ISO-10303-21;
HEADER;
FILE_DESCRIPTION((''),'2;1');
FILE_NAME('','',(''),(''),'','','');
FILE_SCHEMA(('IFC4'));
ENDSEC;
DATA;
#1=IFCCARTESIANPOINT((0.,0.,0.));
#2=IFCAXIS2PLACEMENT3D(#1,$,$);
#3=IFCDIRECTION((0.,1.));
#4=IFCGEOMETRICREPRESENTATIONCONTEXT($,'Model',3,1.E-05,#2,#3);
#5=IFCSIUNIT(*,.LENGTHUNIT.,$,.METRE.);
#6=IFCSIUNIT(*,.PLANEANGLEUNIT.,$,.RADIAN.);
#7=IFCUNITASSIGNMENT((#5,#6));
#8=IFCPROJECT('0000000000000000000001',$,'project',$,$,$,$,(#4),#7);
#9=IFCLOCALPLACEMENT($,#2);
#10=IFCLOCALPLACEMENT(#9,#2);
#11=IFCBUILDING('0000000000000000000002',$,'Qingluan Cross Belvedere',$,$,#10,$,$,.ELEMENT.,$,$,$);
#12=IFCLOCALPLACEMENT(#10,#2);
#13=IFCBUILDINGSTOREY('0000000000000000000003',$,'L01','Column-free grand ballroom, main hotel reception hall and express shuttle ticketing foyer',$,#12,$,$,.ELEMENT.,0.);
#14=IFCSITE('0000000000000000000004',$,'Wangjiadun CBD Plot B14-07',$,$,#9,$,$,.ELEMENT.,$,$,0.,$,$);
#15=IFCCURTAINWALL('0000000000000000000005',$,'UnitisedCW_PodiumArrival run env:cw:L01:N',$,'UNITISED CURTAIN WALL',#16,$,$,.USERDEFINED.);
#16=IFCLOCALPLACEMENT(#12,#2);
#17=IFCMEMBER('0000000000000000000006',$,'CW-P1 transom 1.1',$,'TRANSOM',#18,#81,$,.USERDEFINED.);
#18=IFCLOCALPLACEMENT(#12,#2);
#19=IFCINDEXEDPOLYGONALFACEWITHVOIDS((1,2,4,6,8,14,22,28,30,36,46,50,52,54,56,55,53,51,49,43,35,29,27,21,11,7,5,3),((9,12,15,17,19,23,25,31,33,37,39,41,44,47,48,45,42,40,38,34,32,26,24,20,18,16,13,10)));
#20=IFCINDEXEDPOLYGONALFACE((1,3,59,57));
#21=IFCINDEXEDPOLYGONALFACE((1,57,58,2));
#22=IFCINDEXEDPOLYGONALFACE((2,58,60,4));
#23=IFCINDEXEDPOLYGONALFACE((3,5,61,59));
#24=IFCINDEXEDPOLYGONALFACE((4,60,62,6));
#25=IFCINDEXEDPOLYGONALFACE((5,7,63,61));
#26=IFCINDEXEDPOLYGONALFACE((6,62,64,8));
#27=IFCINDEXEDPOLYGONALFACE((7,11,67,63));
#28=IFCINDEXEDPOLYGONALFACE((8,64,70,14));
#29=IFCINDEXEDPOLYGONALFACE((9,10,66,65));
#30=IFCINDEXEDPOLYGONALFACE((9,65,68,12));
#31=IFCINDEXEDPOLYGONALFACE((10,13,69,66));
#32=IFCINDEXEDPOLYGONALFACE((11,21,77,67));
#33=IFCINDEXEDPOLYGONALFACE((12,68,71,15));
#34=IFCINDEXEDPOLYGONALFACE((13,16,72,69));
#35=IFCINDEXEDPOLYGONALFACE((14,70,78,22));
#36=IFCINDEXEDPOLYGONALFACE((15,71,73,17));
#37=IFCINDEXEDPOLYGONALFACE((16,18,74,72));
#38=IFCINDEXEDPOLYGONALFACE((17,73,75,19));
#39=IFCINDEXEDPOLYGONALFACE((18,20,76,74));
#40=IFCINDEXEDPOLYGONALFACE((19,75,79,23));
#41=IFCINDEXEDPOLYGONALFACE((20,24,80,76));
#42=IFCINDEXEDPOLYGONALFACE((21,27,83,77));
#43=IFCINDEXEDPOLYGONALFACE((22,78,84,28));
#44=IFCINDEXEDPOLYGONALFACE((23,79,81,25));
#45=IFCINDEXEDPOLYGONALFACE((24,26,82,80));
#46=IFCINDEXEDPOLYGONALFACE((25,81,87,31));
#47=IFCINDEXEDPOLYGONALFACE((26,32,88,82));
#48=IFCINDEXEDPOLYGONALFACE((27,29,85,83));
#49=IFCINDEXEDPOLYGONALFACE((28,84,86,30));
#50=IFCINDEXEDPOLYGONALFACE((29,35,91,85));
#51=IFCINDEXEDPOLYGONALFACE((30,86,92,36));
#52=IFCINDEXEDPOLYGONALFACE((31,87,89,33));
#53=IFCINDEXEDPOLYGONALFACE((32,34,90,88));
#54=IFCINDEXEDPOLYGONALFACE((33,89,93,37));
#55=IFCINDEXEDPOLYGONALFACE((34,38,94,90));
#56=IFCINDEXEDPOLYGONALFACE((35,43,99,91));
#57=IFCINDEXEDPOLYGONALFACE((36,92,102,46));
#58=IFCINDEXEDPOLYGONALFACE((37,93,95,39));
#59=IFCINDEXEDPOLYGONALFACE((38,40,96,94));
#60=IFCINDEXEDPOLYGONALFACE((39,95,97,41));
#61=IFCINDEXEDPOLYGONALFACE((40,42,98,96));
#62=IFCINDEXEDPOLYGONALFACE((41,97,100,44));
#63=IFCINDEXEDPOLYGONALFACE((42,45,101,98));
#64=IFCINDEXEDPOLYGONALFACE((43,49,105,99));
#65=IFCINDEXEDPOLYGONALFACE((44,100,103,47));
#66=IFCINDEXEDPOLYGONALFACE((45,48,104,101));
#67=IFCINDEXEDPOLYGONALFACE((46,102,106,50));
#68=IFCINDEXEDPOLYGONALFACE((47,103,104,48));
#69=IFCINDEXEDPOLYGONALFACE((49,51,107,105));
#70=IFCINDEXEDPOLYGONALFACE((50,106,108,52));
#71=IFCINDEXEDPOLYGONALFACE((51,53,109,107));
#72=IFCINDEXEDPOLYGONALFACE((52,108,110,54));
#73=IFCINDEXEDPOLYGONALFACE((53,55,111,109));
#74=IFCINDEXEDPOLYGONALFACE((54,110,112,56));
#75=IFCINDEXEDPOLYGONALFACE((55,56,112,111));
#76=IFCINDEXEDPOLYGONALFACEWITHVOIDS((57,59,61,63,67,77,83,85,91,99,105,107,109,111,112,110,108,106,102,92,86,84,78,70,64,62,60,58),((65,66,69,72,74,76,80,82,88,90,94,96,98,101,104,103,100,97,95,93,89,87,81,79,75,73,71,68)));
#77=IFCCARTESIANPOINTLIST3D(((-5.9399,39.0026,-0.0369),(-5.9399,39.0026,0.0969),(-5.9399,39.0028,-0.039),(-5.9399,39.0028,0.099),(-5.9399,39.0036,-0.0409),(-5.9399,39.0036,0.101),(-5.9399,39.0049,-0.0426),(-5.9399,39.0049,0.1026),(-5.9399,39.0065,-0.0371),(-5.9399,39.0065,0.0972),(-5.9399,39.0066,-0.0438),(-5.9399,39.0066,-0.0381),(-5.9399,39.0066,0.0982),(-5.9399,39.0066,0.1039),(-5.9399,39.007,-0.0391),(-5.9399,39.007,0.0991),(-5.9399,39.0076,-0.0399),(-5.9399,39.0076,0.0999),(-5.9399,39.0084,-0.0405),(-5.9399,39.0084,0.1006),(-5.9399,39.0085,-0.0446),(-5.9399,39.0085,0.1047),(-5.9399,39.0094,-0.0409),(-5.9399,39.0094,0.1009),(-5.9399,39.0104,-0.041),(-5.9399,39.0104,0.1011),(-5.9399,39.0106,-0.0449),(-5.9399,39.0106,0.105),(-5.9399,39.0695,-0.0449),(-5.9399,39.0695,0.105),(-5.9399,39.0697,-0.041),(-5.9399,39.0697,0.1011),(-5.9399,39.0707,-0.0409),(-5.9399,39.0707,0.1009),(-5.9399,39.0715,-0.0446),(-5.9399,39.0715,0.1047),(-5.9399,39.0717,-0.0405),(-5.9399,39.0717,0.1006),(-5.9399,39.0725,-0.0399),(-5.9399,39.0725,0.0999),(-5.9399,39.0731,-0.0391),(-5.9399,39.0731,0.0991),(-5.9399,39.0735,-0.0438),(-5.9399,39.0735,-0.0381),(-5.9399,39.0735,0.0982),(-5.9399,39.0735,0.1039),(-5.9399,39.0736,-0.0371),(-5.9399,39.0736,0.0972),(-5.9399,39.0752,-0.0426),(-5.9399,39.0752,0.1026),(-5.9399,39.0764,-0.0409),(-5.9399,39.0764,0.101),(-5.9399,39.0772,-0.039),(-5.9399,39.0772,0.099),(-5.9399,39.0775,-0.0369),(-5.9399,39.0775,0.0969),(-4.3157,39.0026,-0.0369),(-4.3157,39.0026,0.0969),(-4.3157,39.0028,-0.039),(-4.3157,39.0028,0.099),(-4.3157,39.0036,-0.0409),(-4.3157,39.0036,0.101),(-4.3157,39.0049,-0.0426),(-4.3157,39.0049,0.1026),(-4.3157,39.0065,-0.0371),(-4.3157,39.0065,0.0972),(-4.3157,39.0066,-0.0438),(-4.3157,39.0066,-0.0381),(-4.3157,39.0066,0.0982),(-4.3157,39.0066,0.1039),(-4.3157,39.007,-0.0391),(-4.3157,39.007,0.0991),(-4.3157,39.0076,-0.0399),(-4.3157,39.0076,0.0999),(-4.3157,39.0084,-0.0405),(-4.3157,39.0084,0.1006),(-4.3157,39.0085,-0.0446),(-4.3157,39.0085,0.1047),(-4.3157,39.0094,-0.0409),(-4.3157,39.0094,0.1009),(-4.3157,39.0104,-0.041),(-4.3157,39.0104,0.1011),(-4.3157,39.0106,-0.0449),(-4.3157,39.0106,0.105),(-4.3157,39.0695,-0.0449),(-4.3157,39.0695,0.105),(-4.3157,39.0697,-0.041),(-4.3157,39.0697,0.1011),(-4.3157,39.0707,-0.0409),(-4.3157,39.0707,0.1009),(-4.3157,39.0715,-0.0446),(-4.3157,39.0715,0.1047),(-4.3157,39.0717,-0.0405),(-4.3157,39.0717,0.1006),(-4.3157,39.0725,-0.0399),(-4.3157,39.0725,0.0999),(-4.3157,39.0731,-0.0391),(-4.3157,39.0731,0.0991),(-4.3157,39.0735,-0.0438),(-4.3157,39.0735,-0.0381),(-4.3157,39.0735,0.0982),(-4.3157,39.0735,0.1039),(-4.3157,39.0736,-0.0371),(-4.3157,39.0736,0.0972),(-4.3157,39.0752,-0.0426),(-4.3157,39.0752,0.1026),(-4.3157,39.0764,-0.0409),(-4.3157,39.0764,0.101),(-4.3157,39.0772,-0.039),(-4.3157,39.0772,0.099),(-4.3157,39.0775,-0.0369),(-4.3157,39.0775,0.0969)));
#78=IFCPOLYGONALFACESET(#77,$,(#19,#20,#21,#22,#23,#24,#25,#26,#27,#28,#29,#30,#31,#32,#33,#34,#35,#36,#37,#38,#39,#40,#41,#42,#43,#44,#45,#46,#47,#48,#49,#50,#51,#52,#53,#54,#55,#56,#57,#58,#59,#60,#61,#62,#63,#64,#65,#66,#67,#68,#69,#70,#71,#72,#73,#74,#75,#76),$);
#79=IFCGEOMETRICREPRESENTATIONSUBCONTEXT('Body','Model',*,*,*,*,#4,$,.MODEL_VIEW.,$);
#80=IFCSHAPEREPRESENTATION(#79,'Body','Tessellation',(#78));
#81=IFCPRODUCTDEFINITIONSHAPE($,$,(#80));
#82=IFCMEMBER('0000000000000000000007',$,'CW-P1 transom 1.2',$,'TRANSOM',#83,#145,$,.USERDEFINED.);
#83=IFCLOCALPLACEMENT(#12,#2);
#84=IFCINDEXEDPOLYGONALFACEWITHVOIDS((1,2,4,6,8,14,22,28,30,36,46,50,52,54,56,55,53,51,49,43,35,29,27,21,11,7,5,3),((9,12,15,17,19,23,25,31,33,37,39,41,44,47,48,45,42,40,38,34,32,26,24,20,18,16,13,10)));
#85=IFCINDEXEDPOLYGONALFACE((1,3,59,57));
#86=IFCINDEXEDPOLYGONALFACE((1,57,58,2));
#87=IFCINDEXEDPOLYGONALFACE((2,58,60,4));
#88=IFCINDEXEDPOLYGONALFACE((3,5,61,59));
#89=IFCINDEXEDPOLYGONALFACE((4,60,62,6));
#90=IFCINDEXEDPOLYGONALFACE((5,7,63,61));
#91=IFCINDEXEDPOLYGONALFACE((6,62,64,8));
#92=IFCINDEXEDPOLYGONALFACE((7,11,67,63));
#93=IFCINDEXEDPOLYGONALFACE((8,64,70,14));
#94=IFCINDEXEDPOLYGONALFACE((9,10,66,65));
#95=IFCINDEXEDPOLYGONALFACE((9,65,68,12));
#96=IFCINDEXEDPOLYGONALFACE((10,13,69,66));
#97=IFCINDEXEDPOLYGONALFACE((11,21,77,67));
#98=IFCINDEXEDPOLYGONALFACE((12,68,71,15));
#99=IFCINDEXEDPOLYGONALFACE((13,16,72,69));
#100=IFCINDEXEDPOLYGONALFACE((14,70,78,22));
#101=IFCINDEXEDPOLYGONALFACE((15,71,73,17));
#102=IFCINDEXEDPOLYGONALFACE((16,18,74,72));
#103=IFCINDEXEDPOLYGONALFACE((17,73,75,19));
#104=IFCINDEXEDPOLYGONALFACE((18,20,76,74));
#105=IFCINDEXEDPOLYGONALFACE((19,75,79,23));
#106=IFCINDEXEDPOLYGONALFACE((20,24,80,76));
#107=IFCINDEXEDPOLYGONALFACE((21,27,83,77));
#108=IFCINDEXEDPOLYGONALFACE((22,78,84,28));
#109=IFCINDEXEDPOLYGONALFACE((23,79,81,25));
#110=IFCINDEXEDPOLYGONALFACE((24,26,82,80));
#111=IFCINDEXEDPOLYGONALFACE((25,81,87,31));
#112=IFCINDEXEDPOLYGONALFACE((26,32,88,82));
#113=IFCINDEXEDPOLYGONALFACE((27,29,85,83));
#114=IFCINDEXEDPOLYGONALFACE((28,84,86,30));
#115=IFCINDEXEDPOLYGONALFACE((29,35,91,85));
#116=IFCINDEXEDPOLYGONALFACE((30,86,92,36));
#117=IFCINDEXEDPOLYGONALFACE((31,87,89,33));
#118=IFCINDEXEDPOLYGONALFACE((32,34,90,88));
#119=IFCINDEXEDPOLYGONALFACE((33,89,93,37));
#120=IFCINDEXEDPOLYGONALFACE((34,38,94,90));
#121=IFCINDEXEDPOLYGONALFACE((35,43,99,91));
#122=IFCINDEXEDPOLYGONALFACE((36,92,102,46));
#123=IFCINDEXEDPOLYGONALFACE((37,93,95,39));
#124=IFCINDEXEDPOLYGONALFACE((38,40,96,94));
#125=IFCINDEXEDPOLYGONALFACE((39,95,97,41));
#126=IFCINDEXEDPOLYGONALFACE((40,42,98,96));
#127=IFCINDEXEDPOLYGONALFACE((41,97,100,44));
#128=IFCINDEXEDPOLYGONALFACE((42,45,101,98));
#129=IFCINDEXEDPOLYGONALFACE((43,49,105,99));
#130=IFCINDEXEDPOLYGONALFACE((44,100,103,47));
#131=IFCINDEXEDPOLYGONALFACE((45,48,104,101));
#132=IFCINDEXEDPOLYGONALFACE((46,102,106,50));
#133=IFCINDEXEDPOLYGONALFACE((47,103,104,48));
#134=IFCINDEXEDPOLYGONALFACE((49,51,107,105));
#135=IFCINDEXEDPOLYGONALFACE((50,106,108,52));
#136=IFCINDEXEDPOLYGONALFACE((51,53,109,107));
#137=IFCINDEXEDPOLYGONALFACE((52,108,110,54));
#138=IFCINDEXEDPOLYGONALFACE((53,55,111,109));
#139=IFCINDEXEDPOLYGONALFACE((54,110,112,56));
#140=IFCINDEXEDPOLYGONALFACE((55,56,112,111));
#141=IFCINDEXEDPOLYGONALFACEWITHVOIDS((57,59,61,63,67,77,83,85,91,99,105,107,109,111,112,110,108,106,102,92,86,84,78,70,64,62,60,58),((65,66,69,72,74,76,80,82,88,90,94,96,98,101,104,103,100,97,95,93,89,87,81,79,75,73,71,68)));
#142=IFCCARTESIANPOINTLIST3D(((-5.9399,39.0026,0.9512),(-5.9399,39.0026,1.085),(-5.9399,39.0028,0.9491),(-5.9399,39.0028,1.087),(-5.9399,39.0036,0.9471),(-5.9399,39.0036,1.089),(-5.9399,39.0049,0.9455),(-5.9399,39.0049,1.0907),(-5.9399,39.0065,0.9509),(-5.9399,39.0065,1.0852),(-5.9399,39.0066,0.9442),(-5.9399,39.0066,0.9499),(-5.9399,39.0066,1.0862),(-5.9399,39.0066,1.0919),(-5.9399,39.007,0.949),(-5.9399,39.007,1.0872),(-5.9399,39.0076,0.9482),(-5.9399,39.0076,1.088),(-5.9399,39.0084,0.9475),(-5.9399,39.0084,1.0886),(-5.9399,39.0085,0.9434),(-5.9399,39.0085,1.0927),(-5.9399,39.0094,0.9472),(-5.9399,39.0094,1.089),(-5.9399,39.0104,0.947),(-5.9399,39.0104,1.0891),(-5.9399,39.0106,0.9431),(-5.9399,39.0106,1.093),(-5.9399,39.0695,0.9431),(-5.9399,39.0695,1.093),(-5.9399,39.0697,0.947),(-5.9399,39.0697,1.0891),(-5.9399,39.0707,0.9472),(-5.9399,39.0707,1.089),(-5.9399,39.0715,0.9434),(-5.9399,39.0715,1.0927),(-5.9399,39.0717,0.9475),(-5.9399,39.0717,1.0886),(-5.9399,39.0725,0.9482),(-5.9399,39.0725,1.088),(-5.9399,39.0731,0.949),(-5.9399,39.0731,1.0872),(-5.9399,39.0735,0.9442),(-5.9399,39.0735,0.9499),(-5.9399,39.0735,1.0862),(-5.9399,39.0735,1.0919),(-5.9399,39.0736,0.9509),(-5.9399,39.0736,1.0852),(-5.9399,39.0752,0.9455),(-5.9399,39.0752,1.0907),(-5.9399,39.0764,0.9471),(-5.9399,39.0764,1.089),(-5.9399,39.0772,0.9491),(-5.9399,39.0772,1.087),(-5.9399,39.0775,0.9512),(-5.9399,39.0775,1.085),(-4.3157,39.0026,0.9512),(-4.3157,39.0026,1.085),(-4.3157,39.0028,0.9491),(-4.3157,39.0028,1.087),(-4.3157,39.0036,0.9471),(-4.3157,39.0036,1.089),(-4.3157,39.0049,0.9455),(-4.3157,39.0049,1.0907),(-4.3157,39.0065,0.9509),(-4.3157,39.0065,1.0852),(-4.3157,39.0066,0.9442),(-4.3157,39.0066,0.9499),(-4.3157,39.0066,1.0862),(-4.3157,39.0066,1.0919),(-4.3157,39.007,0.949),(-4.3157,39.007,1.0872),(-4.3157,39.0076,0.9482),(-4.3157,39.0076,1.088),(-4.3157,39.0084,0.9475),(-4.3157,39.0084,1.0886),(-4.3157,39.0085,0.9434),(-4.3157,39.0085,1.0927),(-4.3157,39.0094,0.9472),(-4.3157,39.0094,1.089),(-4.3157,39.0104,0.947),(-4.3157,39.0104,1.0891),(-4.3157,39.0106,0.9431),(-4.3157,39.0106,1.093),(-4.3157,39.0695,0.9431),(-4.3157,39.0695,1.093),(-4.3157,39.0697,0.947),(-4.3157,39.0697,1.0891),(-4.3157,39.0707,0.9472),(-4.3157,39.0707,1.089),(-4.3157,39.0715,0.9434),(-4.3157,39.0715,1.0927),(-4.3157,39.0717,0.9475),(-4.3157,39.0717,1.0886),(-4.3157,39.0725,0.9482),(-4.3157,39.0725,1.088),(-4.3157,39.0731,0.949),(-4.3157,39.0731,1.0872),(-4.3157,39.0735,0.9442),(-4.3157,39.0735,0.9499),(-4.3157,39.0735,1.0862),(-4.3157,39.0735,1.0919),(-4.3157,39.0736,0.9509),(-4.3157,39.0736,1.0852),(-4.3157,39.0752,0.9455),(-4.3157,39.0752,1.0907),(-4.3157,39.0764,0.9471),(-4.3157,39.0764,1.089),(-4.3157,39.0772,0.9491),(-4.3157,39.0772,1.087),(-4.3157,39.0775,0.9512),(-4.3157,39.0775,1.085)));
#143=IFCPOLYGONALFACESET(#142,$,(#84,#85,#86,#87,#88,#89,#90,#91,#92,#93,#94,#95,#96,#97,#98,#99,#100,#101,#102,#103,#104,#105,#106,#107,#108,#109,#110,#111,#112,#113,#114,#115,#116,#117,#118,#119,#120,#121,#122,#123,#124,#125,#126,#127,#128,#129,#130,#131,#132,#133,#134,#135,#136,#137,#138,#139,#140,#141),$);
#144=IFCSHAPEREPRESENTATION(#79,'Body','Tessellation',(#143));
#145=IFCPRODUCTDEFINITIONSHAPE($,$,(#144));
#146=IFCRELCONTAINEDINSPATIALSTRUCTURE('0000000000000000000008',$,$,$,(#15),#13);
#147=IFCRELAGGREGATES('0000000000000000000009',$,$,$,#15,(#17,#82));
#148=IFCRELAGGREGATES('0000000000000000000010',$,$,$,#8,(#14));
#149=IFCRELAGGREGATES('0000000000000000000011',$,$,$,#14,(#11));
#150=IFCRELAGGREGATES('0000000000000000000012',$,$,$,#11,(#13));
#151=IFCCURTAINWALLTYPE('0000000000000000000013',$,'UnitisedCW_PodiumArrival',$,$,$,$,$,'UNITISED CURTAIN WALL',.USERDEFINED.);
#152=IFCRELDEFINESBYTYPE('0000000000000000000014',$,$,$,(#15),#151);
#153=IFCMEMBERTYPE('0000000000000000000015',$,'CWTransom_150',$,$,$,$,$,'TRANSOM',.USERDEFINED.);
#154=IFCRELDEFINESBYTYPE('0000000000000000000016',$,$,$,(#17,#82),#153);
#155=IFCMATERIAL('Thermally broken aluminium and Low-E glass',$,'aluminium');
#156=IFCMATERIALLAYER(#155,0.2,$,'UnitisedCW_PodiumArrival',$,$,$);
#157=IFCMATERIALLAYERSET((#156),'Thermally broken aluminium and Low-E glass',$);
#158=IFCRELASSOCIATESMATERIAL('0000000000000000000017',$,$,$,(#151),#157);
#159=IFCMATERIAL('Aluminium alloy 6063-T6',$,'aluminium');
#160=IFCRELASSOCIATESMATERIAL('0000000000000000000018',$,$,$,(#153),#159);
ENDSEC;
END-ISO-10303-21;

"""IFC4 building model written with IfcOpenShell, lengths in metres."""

from ifc_helpers import new_model, si_unit, direction, frame, origin, origin_2d, place, context, subcontext, project, spatial, hollow_rectangle, extrude, material, layer, layer_set, material_profile, profile_set, type_object, element, aggregate, save


model = new_model("IFC4")

# Units and contexts
model_context = context("Model", 3, precision=1e-05, world=origin(), true_north=direction((0.0, 1.0)))
body_context = subcontext(model_context, "Body", "Model", "MODEL_VIEW")
ifc_project = project(units=[si_unit("LENGTHUNIT", "METRE"), si_unit("PLANEANGLEUNIT", "RADIAN")], contexts=[model_context])

# Site, building, storey
site_placement = place(None, origin())
site = spatial("IfcSite", under=ifc_project, at=site_placement, Name="Wangjiadun CBD Plot B14-07", CompositionType="ELEMENT", RefElevation=0.0)
building_placement = place(site_placement, origin())
building = spatial("IfcBuilding", under=site, at=building_placement, Name="Qingluan Cross Belvedere", CompositionType="ELEMENT")
storey_placement = place(building_placement, origin())
storey = spatial("IfcBuildingStorey", under=building, at=storey_placement, Name="L01", Description="Column-free grand ballroom, main hotel reception hall and express shuttle ticketing foyer", CompositionType="ELEMENT", Elevation=0.0)

# Curtain wall, members
ifc_material_1 = material(Name="Thermally broken aluminium and Low-E glass", Category="aluminium")
ifc_layer_1 = layer(ifc_material_1, 0.2, Name="UnitisedCW_PodiumArrival")
ifc_layer_set_1 = layer_set([ifc_layer_1], Name="Thermally broken aluminium and Low-E glass")
curtain_wall_type = type_object("IfcCurtainWallType", Name="UnitisedCW_PodiumArrival", ElementType="UNITISED CURTAIN WALL", PredefinedType="USERDEFINED", material=ifc_layer_set_1)
curtain_wall_placement = place(storey_placement, origin())
curtain_wall = element("IfcCurtainWall", 1, at=curtain_wall_placement, inside=storey, type_object=curtain_wall_type, Name="UnitisedCW_PodiumArrival run env:cw:L01:N", ObjectType="UNITISED CURTAIN WALL", PredefinedType="USERDEFINED")
ifc_material_2 = material(Name="Aluminium alloy 6063-T6", Category="aluminium")
ifc_material_profile_1 = material_profile(ifc_material_2, hollow_rectangle(XDim=0.075, YDim=0.1499, WallThickness=0.0039, InnerFilletRadius=0.0039, OuterFilletRadius=0.0081, at=origin_2d()), Name="CWT150x75x4")
ifc_profile_set_1 = profile_set([ifc_material_profile_1], Name="Aluminium alloy 6063-T6")
member_type_1 = type_object("IfcMemberType", Name="CWTransom_150", ElementType="TRANSOM", PredefinedType="USERDEFINED", material=ifc_profile_set_1)
member_1_placement = place(storey_placement, frame((-5.9399, 39.04, 0.03), z_axis=(1.0, 0.0, 0.0), x_axis=(0.0, 1.0, 0.0)))
member_1 = element("IfcMember", 2, at=member_1_placement, type_object=member_type_1, Name="CW-P1 transom 1.1", ObjectType="TRANSOM", PredefinedType="USERDEFINED", context=body_context, shape_type="SweptSolid", body=[
    extrude(hollow_rectangle(XDim=0.075, YDim=0.1499, WallThickness=0.0039, InnerFilletRadius=0.0039, OuterFilletRadius=0.0081, at=origin_2d()), origin(), (0.0, 0.0, 1.0), 1.6243),
])
member_2_placement = place(storey_placement, frame((-5.9399, 39.04, 1.0181), z_axis=(1.0, 0.0, 0.0), x_axis=(0.0, 1.0, 0.0)))
member_2 = element("IfcMember", 3, at=member_2_placement, type_object=member_type_1, Name="CW-P1 transom 1.2", ObjectType="TRANSOM", PredefinedType="USERDEFINED", context=body_context, shape_type="SweptSolid", body=[
    extrude(hollow_rectangle(XDim=0.075, YDim=0.1499, WallThickness=0.0039, InnerFilletRadius=0.0039, OuterFilletRadius=0.0081, at=origin_2d()), origin(), (0.0, 0.0, 1.0), 1.6243),
])

aggregate(curtain_wall, [member_1, member_2])

save(model, "model.ifc")
